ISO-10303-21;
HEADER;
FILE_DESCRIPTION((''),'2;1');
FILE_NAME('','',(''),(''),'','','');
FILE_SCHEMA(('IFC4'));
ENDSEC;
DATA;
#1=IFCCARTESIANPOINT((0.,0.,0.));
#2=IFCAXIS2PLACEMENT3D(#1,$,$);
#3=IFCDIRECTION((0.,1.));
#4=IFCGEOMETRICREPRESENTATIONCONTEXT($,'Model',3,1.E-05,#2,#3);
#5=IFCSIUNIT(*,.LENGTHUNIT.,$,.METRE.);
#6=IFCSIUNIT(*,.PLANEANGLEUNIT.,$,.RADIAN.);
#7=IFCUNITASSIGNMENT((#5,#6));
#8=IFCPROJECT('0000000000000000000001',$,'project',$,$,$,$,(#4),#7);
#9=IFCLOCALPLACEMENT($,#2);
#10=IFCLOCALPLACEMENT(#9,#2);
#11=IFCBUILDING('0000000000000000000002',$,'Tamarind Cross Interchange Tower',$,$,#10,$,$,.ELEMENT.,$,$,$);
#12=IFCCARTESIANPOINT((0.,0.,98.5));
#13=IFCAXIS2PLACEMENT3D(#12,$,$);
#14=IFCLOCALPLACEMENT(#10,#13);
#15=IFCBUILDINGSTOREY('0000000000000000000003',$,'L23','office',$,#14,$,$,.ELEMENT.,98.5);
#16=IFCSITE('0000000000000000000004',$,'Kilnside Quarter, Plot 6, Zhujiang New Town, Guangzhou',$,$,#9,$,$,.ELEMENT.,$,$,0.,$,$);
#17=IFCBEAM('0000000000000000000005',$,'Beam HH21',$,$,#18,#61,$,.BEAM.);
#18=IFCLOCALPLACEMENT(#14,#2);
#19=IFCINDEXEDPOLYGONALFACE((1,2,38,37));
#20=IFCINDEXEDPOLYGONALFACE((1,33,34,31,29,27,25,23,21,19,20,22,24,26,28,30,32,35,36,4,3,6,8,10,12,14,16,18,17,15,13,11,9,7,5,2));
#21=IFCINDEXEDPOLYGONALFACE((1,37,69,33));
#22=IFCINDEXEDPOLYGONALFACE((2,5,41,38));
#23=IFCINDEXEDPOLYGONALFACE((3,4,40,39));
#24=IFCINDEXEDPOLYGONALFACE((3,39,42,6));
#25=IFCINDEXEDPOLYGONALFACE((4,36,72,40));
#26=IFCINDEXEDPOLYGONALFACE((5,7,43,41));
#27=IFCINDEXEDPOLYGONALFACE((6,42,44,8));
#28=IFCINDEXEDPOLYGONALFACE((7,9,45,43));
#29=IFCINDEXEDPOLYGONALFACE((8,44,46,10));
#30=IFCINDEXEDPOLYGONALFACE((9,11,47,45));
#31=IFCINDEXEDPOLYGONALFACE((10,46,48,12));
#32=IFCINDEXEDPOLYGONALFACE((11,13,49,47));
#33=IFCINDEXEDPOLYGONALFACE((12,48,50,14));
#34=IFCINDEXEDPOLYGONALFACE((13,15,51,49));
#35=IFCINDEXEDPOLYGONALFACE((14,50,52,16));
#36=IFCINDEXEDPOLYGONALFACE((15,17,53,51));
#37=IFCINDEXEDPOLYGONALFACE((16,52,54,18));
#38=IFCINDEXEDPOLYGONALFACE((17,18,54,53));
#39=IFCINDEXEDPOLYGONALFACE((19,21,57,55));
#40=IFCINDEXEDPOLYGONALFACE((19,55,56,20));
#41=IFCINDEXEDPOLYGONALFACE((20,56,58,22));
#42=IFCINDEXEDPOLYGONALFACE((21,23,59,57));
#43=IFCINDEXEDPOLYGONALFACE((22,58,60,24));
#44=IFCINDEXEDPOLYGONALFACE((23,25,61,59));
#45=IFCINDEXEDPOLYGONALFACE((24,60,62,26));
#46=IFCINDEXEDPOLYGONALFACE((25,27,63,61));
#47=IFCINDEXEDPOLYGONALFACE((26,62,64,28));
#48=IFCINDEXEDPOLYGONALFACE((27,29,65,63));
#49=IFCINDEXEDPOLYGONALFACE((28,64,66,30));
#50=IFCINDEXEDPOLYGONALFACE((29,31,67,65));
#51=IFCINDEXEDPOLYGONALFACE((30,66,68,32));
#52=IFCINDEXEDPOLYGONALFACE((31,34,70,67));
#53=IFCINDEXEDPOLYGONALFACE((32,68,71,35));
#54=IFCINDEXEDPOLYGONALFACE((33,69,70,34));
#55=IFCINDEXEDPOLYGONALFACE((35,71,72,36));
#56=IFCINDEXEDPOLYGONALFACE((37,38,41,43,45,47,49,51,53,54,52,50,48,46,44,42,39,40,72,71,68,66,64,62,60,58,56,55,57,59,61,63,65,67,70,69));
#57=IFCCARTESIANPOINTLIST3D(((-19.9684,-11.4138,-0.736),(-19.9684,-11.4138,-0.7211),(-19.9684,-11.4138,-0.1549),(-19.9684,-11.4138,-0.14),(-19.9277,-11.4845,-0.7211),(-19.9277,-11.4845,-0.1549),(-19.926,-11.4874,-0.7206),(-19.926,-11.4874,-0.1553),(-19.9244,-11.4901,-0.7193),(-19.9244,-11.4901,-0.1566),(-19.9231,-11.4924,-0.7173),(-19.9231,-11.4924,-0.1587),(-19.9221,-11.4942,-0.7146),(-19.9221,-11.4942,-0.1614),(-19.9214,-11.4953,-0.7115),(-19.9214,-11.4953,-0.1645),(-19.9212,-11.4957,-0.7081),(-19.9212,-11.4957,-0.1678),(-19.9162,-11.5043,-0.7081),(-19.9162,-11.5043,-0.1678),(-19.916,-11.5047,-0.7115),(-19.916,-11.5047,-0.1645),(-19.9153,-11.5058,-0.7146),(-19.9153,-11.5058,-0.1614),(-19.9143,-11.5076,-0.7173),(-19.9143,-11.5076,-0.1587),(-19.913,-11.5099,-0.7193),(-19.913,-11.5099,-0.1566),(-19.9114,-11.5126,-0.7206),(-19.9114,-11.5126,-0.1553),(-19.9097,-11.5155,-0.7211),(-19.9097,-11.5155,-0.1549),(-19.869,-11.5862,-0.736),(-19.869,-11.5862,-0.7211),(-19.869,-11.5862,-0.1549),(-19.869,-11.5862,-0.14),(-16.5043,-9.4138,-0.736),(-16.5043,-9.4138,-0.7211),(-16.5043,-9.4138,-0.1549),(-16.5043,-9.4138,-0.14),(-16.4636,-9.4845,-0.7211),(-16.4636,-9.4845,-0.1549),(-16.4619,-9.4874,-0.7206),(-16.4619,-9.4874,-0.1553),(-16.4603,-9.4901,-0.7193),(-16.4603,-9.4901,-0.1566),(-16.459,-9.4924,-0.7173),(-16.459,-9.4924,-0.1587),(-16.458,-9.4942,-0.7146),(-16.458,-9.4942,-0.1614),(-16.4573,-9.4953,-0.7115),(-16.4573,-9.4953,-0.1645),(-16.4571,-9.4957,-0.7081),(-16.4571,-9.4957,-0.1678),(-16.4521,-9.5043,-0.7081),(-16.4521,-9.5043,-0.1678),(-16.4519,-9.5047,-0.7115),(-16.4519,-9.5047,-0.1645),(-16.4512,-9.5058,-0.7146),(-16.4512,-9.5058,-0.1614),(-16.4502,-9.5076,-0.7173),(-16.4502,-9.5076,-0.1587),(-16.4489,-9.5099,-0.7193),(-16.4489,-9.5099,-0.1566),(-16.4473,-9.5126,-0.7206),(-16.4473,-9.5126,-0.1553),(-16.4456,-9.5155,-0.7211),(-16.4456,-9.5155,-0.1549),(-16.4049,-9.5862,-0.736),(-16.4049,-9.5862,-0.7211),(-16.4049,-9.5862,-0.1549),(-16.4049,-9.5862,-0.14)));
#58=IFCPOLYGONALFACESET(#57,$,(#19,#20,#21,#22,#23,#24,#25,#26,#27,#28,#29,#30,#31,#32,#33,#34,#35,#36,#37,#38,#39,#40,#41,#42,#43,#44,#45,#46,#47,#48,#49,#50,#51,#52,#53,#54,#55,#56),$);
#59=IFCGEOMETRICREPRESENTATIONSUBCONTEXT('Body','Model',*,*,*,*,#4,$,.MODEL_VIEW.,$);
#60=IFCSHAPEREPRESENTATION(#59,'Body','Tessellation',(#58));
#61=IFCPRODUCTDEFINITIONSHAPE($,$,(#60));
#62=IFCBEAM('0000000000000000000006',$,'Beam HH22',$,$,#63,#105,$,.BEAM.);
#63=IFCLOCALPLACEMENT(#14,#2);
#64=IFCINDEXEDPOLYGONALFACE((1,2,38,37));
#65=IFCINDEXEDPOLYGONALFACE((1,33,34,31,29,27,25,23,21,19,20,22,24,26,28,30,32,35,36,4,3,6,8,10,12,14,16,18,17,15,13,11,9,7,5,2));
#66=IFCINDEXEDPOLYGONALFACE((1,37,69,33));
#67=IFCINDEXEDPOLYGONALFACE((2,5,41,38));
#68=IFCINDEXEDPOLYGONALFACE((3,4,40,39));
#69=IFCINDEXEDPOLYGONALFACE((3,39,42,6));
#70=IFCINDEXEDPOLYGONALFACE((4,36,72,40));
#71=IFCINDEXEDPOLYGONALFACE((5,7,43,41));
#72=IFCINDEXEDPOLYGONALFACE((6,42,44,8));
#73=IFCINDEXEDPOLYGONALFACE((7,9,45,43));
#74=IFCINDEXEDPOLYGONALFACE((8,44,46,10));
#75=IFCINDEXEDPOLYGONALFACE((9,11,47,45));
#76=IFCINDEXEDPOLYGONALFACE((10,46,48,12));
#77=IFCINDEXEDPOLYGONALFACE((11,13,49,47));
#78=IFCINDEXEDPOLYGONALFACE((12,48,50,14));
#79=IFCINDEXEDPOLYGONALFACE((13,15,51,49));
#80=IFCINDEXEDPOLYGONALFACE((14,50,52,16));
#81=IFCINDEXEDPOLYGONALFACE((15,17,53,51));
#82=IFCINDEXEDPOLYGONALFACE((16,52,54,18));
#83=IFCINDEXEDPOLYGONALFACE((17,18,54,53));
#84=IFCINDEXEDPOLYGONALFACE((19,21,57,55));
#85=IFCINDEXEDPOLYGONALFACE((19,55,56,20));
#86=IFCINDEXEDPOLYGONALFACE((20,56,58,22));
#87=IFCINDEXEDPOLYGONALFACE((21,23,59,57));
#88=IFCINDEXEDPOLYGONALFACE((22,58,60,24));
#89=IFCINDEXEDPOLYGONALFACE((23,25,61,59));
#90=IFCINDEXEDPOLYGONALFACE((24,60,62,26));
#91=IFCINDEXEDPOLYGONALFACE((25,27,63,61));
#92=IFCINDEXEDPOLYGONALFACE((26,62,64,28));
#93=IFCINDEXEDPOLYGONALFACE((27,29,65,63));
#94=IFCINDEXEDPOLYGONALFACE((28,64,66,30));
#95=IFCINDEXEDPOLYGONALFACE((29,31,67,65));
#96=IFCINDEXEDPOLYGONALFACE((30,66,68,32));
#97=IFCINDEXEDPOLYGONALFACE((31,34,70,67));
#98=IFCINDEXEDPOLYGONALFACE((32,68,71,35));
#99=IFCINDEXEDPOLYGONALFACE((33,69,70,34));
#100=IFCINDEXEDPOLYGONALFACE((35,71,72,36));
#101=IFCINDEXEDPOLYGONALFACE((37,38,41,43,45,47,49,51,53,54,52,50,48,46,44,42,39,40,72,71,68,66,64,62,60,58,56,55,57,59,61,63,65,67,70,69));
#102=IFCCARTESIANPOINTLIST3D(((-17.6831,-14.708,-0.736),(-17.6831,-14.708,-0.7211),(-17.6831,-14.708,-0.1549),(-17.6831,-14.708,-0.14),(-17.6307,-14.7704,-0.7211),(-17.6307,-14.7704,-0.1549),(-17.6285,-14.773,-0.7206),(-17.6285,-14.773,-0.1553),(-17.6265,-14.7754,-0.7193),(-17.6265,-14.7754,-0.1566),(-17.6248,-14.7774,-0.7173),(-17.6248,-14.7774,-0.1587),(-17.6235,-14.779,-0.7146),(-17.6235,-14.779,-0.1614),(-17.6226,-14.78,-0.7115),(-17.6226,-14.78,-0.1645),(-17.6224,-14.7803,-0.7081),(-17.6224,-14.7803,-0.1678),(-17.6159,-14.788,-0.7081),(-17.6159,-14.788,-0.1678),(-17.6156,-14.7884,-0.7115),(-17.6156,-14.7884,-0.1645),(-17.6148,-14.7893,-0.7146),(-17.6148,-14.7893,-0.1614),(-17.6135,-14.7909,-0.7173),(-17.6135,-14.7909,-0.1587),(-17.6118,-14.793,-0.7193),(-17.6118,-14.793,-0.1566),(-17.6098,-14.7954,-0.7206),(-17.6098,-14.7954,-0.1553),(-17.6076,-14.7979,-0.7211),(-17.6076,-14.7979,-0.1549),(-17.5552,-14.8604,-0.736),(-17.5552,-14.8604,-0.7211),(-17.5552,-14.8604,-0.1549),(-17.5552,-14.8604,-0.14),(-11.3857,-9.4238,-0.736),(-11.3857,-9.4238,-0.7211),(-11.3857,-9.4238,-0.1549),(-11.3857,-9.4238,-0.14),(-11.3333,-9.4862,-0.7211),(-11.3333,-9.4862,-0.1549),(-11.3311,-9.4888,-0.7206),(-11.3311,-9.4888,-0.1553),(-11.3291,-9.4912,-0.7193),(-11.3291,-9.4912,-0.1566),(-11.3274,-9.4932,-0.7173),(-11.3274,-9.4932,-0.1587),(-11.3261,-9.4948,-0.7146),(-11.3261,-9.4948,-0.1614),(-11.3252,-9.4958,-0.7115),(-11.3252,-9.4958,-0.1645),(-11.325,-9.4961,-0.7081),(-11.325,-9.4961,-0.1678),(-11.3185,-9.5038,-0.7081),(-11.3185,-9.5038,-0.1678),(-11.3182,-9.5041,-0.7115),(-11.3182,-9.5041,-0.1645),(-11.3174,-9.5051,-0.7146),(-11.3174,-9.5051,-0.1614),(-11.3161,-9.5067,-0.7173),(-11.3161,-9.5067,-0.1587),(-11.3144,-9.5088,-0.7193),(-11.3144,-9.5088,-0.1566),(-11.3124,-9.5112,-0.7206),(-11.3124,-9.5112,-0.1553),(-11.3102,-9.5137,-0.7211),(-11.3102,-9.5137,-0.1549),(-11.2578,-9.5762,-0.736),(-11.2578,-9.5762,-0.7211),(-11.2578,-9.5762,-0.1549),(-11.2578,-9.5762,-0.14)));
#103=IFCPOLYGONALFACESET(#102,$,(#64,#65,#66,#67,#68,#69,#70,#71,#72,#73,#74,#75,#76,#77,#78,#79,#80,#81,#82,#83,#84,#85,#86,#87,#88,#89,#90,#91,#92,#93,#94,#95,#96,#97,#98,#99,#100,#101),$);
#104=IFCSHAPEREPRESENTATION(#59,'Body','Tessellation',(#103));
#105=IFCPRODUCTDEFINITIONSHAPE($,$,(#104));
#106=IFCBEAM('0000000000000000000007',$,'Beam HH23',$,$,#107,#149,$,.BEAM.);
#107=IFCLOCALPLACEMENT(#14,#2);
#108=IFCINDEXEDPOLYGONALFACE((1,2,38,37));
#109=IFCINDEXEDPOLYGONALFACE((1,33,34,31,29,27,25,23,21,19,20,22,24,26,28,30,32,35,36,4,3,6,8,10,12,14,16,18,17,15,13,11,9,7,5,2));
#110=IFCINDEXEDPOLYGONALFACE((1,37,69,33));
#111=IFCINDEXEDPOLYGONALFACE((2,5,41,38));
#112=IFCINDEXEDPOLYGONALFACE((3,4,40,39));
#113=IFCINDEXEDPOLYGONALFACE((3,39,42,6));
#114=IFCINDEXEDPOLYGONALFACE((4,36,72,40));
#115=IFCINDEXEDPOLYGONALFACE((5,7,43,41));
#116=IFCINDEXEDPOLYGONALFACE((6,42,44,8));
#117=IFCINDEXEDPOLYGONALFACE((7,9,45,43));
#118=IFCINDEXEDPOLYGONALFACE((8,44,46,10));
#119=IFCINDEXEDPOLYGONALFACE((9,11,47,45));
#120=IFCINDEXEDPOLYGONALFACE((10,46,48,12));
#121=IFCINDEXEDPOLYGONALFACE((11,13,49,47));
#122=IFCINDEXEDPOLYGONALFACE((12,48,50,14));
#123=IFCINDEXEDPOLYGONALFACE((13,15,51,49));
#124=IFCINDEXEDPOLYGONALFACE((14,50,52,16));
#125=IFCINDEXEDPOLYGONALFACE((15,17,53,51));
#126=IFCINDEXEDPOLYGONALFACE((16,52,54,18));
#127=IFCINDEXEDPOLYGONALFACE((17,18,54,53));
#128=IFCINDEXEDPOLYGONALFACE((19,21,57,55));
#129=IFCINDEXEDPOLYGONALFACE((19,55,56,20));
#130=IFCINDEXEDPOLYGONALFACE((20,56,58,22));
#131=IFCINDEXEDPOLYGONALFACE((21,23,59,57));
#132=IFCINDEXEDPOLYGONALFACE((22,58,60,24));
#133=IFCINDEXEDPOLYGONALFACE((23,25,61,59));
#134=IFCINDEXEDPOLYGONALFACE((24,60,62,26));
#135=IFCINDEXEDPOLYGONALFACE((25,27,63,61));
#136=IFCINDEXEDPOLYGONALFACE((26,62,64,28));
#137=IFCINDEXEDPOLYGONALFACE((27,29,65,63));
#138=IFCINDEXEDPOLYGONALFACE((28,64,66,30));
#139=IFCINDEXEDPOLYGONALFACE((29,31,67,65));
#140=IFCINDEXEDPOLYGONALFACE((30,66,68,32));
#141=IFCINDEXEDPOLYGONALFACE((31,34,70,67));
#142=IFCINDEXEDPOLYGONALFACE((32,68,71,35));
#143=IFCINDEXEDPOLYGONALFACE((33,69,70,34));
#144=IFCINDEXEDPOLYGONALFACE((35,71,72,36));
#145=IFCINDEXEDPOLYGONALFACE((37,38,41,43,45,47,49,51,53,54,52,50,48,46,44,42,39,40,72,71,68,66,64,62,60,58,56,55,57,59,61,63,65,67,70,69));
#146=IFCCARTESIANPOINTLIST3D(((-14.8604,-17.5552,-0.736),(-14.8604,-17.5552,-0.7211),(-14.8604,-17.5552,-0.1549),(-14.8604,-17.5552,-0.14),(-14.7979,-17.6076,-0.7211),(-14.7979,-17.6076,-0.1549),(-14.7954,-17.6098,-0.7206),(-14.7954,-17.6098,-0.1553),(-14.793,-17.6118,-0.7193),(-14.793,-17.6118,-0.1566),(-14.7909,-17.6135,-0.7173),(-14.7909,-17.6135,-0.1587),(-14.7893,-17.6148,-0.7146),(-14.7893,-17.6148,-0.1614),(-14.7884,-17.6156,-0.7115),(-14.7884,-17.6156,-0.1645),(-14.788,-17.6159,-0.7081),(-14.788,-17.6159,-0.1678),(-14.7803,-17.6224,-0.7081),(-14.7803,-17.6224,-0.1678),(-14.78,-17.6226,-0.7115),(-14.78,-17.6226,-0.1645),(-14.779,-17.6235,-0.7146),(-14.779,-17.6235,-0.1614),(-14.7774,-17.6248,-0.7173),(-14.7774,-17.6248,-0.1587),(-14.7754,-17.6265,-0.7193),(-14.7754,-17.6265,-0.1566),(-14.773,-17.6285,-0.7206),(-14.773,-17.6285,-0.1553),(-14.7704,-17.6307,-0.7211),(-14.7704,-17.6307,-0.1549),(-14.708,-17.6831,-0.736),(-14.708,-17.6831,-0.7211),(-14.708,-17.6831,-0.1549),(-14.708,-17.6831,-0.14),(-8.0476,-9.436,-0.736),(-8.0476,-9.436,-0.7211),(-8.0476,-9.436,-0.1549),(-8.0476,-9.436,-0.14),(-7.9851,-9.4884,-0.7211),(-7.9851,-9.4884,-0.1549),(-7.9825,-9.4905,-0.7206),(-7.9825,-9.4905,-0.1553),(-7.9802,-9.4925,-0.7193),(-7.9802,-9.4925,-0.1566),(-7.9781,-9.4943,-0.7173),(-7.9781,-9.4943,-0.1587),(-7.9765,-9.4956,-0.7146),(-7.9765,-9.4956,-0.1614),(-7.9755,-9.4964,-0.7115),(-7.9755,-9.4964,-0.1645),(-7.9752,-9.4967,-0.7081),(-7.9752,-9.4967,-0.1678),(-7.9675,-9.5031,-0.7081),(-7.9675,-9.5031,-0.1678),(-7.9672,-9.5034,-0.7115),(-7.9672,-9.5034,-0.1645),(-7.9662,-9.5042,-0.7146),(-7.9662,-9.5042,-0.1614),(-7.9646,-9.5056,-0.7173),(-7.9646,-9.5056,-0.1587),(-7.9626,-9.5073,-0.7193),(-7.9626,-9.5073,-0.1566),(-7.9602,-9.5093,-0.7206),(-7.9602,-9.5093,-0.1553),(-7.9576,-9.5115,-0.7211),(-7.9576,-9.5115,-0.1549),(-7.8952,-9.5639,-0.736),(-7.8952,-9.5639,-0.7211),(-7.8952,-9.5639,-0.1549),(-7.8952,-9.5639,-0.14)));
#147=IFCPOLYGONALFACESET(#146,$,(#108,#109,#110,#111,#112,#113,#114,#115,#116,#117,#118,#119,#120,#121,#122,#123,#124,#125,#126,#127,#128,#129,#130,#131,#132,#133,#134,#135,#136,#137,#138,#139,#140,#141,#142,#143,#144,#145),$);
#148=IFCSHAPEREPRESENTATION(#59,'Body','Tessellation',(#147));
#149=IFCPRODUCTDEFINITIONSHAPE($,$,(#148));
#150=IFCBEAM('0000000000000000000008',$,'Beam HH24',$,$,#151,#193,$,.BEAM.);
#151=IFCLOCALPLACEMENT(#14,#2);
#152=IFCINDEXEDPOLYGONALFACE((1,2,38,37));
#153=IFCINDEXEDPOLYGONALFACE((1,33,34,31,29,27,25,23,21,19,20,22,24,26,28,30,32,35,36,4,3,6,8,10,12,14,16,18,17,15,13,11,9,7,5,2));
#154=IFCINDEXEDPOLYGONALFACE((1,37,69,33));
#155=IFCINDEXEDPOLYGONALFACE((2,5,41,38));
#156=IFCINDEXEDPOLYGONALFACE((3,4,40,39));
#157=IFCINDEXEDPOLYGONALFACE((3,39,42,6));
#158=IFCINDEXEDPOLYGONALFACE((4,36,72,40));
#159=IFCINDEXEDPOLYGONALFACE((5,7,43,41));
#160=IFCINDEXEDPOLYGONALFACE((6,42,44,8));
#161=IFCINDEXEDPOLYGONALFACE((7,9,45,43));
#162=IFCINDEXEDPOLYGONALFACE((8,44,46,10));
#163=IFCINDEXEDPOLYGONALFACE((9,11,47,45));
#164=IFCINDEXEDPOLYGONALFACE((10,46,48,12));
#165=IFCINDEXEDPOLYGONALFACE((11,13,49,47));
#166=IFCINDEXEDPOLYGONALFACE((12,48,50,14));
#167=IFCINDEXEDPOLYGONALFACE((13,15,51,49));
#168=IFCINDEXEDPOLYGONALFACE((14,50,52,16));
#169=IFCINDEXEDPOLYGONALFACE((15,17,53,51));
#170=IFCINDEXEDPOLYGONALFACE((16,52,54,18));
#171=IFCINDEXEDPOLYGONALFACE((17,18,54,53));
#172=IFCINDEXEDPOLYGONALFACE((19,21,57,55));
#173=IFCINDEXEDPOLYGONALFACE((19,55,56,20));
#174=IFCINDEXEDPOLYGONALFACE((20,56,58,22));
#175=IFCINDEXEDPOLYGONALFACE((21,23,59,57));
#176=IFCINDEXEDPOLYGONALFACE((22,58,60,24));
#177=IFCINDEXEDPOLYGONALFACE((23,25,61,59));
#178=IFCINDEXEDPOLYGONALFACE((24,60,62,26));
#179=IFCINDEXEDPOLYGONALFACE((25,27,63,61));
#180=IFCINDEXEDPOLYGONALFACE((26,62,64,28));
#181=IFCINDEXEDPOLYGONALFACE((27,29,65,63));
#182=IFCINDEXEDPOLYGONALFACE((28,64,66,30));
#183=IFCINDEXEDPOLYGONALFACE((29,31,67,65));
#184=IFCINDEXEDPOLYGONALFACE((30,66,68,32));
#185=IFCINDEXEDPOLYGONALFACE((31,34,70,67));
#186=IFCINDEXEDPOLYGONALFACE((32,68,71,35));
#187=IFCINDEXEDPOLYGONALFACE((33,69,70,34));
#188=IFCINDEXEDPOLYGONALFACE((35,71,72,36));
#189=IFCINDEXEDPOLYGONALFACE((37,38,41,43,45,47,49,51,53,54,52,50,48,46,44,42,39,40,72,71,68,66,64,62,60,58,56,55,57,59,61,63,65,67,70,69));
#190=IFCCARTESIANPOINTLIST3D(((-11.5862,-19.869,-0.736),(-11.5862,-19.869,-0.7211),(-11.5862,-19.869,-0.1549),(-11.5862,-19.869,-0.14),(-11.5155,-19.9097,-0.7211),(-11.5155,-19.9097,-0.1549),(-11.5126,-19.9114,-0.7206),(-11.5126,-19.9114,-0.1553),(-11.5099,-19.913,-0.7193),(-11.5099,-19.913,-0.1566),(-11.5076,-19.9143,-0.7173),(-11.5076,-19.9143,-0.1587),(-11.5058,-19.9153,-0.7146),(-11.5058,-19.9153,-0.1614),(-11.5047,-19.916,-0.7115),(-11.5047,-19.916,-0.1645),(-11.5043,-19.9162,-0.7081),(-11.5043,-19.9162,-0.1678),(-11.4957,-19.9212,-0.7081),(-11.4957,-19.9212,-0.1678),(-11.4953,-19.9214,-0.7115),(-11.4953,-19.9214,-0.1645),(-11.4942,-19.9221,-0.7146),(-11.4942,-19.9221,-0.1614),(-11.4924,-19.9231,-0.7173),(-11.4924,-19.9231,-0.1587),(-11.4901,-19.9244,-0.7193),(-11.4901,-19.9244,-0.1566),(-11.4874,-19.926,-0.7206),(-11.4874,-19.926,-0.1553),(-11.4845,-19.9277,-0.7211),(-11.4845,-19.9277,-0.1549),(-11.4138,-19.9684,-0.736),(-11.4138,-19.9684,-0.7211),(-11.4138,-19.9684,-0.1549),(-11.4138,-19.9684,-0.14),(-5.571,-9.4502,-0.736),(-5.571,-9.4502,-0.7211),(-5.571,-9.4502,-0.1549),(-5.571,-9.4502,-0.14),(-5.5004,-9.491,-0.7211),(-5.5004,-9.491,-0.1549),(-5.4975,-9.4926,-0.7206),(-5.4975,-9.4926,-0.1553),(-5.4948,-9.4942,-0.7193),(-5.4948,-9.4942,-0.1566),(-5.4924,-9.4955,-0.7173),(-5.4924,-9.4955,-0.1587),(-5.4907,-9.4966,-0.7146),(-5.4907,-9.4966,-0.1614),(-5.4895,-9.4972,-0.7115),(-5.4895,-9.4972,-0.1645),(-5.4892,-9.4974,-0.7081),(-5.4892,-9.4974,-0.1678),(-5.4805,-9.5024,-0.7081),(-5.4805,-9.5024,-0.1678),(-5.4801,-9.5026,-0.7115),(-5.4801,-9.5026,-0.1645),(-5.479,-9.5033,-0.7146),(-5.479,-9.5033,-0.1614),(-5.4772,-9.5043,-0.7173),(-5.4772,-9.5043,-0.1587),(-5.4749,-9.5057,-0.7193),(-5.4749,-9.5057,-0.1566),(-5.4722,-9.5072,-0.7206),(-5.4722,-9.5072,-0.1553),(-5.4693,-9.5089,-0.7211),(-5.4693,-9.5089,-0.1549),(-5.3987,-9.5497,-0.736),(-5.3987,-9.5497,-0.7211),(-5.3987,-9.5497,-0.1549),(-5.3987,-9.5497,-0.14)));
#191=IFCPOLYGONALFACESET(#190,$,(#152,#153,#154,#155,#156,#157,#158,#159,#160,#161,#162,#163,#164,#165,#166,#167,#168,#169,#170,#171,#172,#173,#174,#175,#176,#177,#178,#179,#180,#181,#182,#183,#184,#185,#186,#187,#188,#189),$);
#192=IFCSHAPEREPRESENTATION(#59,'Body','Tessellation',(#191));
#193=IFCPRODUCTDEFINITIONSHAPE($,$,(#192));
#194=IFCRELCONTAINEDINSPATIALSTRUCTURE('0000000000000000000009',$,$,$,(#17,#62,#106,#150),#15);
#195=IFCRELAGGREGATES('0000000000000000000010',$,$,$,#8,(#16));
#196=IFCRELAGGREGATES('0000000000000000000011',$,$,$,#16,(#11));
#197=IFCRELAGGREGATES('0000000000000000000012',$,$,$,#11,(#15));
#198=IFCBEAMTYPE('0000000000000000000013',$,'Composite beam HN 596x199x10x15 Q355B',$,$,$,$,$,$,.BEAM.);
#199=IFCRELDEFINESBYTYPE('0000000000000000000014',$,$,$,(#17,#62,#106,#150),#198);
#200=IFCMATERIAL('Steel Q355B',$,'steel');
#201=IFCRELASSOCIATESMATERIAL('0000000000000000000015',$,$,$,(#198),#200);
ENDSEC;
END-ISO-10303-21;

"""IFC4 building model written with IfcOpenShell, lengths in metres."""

from ifc_helpers import new_model, si_unit, direction, frame, origin, origin_2d, place, context, subcontext, project, spatial, i_section, extrude, material, material_profile, profile_set, type_object, element, save


model = new_model("IFC4")

# Units and contexts
model_context = context("Model", 3, precision=1e-05, world=origin(), true_north=direction((0.0, 1.0)))
body_context = subcontext(model_context, "Body", "Model", "MODEL_VIEW")
ifc_project = project(units=[si_unit("LENGTHUNIT", "METRE"), si_unit("PLANEANGLEUNIT", "RADIAN")], contexts=[model_context])

# Site, building, storey
site_placement = place(None, origin())
site = spatial("IfcSite", under=ifc_project, at=site_placement, Name="Kilnside Quarter, Plot 6, Zhujiang New Town, Guangzhou", CompositionType="ELEMENT", RefElevation=0.0)
building_placement = place(site_placement, origin())
building = spatial("IfcBuilding", under=site, at=building_placement, Name="Tamarind Cross Interchange Tower", CompositionType="ELEMENT")
storey_placement = place(building_placement, frame((0.0, 0.0, 98.5)))
storey = spatial("IfcBuildingStorey", under=building, at=storey_placement, Name="L23", Description="office", CompositionType="ELEMENT", Elevation=98.5)

# Beams
ifc_material_1 = material(Name="Steel Q355B", Category="steel")
ifc_material_profile_1 = material_profile(ifc_material_1, i_section(OverallWidth=0.199, OverallDepth=0.5959, WebThickness=0.01, FlangeThickness=0.0149, FilletRadius=0.0129, at=origin_2d()), Name="HN 596x199x10x15")
ifc_profile_set_1 = profile_set([ifc_material_profile_1], Name="Steel Q355B")
beam_type = type_object("IfcBeamType", Name="Composite beam HN 596x199x10x15 Q355B", PredefinedType="BEAM", material=ifc_profile_set_1)
beam_1_placement = place(storey_placement, frame((-19.9187, -11.5, -0.438), z_axis=(0.866026, 0.499999, 0.0), x_axis=(-0.499999, 0.866026, 0.0)))
element("IfcBeam", 1, at=beam_1_placement, inside=storey, type_object=beam_type, Name="Beam HH21", PredefinedType="BEAM", context=body_context, shape_type="SweptSolid", body=[
    extrude(i_section(OverallWidth=0.199, OverallDepth=0.5959, WebThickness=0.01, FlangeThickness=0.0149, FilletRadius=0.0129, at=origin_2d()), origin(), (0.0, 0.0, 1.0), 4.0),
])
beam_2_placement = place(storey_placement, frame((-17.6191, -14.7842, -0.438), z_axis=(0.766041, 0.642792, 0.0), x_axis=(-0.642792, 0.766041, 0.0)))
element("IfcBeam", 2, at=beam_2_placement, inside=storey, type_object=beam_type, Name="Beam HH22", PredefinedType="BEAM", context=body_context, shape_type="SweptSolid", body=[
    extrude(i_section(OverallWidth=0.199, OverallDepth=0.5959, WebThickness=0.01, FlangeThickness=0.0149, FilletRadius=0.0129, at=origin_2d()), origin(), (0.0, 0.0, 1.0), 8.2207),
])
beam_3_placement = place(storey_placement, frame((-14.7842, -17.6191, -0.438), z_axis=(0.642786, 0.766046, 0.0), x_axis=(-0.766046, 0.642786, 0.0)))
element("IfcBeam", 3, at=beam_3_placement, inside=storey, type_object=beam_type, Name="Beam HH23", PredefinedType="BEAM", context=body_context, shape_type="SweptSolid", body=[
    extrude(i_section(OverallWidth=0.199, OverallDepth=0.5959, WebThickness=0.01, FlangeThickness=0.0149, FilletRadius=0.0129, at=origin_2d()), origin(), (0.0, 0.0, 1.0), 10.5989),
])
beam_4_placement = place(storey_placement, frame((-11.5, -19.9187, -0.438), z_axis=(0.499994, 0.866029, 0.0), x_axis=(-0.866029, 0.499994, 0.0)))
element("IfcBeam", 4, at=beam_4_placement, inside=storey, type_object=beam_type, Name="Beam HH24", PredefinedType="BEAM", context=body_context, shape_type="SweptSolid", body=[
    extrude(i_section(OverallWidth=0.199, OverallDepth=0.5959, WebThickness=0.01, FlangeThickness=0.0149, FilletRadius=0.0129, at=origin_2d()), origin(), (0.0, 0.0, 1.0), 12.0305),
])

save(model, "model.ifc")
